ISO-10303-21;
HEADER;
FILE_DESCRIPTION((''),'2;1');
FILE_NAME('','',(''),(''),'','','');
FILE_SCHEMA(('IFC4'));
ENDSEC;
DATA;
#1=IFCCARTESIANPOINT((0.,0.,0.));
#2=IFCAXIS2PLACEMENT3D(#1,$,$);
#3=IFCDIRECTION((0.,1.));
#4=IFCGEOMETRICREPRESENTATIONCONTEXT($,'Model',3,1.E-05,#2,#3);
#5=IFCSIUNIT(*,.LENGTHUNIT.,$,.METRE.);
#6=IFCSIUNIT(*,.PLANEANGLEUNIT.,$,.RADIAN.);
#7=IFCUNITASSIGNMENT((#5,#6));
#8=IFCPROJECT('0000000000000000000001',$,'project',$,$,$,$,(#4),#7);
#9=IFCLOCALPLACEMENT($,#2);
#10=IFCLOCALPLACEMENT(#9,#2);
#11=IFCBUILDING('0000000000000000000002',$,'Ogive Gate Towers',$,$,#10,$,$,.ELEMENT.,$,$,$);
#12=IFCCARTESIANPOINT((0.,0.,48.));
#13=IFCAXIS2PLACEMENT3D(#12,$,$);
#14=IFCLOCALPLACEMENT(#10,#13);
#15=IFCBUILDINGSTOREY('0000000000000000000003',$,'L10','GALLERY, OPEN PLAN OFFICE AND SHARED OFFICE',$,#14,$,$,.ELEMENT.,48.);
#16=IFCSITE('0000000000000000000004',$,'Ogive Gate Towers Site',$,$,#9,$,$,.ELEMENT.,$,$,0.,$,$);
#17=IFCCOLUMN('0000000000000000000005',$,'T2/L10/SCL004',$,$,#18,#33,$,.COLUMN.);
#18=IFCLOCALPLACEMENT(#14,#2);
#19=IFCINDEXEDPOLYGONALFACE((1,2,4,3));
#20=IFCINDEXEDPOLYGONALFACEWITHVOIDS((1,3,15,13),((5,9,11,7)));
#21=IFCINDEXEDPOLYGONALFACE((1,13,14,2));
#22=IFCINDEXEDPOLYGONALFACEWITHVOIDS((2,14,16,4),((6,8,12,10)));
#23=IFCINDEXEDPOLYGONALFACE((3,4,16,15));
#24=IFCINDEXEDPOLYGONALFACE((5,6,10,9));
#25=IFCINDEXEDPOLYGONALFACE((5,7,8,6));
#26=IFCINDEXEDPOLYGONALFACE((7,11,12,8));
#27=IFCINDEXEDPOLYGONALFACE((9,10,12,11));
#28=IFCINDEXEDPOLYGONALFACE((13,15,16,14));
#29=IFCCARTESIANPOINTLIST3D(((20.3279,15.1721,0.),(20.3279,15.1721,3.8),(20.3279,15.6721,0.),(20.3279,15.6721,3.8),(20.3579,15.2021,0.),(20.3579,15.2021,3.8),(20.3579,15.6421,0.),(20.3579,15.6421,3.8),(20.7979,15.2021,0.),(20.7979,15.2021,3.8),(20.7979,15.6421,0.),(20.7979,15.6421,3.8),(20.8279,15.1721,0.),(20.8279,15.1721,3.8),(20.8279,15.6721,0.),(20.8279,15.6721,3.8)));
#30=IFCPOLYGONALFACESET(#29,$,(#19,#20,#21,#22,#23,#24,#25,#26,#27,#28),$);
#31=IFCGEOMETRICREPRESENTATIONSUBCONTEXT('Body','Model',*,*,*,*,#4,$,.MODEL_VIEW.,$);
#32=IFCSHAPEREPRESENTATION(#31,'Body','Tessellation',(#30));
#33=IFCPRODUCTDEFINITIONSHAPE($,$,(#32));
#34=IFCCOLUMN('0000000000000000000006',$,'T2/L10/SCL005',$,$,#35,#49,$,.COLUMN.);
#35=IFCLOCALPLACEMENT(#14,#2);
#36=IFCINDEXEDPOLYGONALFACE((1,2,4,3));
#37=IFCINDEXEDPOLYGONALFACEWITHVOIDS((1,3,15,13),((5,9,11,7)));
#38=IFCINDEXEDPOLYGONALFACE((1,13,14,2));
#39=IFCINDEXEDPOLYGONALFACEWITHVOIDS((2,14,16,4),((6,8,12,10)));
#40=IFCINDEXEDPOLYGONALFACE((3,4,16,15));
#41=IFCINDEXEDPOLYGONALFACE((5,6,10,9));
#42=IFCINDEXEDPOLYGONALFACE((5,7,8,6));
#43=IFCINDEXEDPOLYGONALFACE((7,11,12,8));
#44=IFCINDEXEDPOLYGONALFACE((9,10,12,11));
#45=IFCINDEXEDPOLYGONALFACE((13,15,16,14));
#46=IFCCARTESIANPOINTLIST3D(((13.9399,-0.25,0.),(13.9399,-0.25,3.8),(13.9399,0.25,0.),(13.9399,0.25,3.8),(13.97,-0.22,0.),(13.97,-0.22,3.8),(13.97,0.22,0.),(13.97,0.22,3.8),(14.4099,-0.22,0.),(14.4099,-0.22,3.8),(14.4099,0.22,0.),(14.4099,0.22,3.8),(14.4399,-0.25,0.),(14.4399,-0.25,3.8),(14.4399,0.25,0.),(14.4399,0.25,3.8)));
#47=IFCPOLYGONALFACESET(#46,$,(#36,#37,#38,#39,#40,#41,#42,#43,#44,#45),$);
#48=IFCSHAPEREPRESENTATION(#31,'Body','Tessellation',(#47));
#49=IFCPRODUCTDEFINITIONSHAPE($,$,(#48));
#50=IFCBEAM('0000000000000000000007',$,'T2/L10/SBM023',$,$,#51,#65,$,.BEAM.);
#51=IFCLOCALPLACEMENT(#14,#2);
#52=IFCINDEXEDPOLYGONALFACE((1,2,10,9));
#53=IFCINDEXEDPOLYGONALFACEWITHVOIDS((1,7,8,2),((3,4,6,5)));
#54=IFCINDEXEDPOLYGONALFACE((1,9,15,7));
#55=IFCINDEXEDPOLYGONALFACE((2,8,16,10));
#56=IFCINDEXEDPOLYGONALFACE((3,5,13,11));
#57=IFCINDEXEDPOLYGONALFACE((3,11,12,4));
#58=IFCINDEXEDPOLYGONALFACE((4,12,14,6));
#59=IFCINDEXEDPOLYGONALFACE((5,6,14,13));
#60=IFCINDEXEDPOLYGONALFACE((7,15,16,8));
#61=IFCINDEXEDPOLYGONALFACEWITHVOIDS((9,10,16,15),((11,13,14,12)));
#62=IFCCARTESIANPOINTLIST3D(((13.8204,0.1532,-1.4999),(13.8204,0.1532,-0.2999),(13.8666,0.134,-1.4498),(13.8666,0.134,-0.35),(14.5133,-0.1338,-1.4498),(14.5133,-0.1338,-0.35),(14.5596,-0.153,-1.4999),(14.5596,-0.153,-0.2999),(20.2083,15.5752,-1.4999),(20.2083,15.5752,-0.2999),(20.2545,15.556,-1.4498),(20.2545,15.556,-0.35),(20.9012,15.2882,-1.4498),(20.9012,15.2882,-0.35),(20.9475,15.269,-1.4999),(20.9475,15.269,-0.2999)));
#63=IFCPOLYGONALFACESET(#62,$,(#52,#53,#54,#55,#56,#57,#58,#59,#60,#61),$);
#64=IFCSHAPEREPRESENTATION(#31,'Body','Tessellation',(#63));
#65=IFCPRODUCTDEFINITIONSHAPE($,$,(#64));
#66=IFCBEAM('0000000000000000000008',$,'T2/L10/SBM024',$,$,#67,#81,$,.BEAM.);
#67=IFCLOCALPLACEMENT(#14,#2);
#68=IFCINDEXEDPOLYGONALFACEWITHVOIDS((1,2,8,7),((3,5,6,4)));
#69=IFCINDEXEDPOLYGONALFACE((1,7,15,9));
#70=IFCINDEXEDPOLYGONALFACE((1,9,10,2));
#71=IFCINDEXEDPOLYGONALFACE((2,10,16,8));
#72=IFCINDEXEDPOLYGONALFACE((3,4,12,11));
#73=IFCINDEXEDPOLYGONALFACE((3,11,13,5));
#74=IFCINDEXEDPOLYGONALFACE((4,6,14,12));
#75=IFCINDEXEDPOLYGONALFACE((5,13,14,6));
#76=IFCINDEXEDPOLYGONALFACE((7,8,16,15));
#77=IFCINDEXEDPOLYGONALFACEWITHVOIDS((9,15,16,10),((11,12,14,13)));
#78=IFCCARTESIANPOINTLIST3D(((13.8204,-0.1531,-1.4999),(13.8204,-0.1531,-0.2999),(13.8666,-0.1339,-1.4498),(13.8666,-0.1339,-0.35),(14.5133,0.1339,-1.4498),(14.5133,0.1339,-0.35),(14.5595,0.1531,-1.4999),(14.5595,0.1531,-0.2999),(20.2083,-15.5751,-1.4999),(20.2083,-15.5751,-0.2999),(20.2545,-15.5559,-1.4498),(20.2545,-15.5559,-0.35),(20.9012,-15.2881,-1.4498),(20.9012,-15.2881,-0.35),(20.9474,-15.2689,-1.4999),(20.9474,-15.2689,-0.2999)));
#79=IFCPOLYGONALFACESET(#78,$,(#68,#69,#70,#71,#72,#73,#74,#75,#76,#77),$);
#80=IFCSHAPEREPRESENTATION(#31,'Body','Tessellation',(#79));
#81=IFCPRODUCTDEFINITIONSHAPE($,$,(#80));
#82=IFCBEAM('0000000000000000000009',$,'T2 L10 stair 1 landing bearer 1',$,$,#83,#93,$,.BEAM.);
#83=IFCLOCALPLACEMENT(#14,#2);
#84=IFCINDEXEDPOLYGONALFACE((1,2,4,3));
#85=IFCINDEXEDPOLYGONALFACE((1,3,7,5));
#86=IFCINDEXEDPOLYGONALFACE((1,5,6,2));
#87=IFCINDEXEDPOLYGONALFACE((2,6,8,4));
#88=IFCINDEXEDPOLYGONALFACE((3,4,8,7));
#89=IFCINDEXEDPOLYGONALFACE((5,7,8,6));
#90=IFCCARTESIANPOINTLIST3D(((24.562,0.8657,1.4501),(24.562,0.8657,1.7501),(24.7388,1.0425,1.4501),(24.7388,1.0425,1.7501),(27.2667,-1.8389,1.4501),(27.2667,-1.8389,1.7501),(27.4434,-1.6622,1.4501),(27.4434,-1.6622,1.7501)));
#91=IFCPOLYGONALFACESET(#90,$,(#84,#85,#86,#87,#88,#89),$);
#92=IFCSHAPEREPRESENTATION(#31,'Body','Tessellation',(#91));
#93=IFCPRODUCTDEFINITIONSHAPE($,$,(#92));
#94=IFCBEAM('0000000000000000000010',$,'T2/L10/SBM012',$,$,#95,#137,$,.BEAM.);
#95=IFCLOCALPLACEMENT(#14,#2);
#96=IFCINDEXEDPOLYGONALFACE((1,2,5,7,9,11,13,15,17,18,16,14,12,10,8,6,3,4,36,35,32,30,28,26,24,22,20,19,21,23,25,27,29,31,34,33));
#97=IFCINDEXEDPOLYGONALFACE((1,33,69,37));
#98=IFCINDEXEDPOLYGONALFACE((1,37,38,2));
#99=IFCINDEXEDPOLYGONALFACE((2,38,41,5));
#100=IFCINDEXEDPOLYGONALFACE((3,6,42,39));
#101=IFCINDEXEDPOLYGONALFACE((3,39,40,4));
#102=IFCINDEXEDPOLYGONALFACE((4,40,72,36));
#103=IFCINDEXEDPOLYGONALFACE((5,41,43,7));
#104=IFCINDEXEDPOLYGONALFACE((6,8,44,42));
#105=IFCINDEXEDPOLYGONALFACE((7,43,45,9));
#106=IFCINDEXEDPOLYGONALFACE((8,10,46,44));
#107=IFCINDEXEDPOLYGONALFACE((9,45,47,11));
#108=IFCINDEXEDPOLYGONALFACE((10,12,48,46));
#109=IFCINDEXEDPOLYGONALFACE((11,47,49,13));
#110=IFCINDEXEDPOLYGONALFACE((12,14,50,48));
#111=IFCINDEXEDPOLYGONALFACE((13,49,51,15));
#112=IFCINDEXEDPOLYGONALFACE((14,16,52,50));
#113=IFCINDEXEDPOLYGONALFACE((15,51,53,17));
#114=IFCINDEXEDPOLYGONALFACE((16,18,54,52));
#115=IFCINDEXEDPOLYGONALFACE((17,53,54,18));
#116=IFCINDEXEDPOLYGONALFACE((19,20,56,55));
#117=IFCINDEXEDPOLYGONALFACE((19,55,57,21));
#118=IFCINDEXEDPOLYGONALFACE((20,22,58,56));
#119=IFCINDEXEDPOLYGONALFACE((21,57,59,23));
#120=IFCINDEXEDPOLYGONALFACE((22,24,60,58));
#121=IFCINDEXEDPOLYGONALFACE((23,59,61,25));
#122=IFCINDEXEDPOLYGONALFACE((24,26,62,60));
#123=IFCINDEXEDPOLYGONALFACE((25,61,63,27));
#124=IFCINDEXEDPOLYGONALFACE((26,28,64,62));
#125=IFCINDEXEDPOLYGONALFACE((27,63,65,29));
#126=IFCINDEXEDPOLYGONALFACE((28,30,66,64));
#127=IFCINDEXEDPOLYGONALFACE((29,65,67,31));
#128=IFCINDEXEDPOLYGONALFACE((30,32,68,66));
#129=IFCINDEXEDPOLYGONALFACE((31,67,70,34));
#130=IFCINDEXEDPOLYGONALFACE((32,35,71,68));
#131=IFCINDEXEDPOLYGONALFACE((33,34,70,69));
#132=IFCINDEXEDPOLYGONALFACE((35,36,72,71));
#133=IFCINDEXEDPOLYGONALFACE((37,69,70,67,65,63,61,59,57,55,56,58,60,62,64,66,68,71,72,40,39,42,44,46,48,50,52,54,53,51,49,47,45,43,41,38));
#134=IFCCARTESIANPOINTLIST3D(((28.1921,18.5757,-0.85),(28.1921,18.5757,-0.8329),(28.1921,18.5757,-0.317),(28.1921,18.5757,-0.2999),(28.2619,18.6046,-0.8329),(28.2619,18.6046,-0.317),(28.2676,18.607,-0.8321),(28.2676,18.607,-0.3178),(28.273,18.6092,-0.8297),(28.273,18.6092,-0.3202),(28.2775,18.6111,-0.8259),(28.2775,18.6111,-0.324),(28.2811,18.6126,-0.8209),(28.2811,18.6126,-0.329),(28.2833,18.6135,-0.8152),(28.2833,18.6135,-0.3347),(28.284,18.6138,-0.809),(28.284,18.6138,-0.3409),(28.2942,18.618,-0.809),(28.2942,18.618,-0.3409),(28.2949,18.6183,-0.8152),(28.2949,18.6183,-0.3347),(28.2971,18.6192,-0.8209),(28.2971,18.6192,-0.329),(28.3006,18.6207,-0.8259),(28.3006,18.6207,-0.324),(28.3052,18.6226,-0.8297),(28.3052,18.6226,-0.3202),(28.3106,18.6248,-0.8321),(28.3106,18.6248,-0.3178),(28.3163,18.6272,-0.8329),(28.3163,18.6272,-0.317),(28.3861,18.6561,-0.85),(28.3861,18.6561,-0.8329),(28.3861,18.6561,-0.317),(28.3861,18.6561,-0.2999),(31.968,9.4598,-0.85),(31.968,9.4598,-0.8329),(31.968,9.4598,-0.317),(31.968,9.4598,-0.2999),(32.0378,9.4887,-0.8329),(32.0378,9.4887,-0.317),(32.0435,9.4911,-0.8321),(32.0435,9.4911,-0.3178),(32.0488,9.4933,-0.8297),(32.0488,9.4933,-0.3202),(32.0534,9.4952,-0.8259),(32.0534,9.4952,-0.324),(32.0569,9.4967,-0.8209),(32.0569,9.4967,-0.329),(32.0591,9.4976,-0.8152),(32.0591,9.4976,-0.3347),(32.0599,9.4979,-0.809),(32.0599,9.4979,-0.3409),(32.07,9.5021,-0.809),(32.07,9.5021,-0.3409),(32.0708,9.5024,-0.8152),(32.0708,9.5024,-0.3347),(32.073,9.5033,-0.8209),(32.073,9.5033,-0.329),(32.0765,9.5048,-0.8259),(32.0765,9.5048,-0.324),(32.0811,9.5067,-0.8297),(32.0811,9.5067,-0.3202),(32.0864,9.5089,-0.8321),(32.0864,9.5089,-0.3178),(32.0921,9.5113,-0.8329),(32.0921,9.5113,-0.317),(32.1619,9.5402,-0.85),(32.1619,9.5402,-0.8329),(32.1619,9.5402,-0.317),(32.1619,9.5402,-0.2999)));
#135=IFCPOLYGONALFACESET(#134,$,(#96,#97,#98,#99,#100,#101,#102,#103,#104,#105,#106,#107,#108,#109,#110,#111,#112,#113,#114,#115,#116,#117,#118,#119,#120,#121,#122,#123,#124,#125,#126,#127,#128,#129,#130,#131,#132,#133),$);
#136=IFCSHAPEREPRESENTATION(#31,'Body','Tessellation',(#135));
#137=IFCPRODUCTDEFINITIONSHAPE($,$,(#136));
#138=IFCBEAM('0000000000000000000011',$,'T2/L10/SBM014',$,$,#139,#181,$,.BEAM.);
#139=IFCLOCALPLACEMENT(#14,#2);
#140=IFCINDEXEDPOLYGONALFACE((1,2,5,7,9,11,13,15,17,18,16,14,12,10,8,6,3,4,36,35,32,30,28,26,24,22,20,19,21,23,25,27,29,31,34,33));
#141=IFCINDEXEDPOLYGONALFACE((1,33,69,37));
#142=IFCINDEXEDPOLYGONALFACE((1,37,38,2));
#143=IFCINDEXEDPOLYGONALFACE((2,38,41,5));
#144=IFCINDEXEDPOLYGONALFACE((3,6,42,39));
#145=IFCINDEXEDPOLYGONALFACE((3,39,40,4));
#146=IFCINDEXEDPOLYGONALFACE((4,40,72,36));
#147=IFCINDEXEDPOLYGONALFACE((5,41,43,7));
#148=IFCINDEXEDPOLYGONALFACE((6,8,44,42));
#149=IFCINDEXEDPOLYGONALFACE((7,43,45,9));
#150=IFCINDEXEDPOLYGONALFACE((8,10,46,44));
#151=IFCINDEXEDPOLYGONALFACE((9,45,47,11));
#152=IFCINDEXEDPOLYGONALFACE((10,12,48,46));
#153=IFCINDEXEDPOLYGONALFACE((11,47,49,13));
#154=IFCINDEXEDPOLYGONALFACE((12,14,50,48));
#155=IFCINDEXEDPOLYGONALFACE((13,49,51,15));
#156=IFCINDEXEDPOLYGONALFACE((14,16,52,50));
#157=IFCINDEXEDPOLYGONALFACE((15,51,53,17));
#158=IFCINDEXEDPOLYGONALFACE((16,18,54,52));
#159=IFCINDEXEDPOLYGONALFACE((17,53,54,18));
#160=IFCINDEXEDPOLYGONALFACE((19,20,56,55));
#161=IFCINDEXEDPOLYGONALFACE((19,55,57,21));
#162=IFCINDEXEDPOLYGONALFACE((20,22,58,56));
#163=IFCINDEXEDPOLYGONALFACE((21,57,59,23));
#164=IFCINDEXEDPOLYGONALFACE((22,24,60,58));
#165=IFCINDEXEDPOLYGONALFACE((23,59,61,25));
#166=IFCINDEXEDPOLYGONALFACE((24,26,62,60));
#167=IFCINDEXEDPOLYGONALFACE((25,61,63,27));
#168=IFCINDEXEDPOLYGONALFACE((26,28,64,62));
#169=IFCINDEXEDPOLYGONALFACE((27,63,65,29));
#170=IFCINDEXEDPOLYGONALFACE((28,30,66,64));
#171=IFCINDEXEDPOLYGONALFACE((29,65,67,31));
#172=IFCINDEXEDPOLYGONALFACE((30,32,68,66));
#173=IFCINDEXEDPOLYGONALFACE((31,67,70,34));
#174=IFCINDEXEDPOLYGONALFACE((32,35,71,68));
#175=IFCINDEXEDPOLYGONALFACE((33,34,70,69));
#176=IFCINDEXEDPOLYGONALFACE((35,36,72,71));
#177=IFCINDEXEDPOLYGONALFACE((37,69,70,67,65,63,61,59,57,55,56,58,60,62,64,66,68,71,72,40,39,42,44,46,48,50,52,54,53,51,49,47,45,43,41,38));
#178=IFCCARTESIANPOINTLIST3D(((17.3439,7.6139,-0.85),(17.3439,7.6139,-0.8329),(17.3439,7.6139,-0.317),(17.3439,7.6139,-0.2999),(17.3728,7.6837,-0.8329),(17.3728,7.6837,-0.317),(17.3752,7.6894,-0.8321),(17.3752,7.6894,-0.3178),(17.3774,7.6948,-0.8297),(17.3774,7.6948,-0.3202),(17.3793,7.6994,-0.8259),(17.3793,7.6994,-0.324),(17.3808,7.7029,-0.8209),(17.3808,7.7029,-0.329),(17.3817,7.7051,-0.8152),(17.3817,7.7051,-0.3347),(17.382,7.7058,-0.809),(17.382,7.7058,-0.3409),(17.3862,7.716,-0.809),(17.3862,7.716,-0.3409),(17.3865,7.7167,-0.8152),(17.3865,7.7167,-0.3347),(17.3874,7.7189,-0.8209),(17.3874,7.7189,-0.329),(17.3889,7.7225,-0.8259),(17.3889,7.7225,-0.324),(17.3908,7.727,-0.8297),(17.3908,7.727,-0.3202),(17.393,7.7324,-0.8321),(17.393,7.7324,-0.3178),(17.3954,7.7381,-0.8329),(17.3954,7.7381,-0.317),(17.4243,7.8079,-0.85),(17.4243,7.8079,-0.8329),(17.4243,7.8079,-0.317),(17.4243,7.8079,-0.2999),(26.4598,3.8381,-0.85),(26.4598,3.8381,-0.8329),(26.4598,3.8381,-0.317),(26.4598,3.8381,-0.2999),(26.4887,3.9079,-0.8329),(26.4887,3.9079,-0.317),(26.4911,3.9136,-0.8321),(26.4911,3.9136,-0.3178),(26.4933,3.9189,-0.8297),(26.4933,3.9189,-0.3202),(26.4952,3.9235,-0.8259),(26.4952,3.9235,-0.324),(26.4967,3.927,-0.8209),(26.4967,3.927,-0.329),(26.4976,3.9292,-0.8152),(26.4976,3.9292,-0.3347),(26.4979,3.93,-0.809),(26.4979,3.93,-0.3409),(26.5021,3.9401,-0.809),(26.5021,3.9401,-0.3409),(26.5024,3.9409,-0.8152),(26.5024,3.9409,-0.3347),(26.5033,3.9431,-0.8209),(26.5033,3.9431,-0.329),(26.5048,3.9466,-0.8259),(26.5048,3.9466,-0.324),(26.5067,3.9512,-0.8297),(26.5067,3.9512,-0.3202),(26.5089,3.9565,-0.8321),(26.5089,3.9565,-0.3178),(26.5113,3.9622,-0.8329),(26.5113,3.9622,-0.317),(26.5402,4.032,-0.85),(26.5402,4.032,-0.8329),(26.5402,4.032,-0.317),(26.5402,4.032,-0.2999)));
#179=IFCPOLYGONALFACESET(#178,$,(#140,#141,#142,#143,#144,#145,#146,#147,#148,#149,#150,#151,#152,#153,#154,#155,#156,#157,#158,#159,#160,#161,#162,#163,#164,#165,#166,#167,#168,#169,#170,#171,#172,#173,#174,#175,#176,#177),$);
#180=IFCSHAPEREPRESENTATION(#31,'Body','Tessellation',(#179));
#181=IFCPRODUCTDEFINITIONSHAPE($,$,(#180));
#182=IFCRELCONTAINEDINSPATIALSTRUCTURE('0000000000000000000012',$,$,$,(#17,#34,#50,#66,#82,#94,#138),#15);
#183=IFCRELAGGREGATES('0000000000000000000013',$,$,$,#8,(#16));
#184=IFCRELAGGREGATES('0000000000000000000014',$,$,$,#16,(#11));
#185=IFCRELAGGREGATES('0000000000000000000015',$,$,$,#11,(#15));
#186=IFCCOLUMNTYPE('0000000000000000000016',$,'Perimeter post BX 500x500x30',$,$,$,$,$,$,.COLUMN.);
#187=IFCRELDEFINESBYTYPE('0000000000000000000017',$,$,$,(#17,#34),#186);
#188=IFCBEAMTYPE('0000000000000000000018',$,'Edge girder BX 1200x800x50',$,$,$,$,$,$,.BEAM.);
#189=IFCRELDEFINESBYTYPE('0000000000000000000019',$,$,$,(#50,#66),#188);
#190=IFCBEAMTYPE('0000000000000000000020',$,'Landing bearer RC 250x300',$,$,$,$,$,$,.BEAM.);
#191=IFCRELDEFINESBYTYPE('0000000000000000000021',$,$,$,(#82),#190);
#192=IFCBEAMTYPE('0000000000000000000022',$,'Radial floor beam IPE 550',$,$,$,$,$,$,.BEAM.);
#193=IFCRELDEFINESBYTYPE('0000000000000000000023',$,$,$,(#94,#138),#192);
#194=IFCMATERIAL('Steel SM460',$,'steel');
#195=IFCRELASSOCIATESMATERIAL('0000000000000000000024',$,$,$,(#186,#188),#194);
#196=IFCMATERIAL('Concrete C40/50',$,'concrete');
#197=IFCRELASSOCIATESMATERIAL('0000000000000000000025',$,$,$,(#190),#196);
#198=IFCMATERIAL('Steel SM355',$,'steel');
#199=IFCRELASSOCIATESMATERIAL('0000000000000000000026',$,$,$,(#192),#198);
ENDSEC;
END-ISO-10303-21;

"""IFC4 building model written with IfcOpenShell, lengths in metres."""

from ifc_helpers import new_model, si_unit, direction, frame, origin, origin_2d, place, context, subcontext, project, spatial, rectangle, hollow_rectangle, i_section, extrude, material, material_profile, profile_set, type_object, element, save


model = new_model("IFC4")

# Units and contexts
model_context = context("Model", 3, precision=1e-05, world=origin(), true_north=direction((0.0, 1.0)))
body_context = subcontext(model_context, "Body", "Model", "MODEL_VIEW")
ifc_project = project(units=[si_unit("LENGTHUNIT", "METRE"), si_unit("PLANEANGLEUNIT", "RADIAN")], contexts=[model_context])

# Site, building, storey
site_placement = place(None, origin())
site = spatial("IfcSite", under=ifc_project, at=site_placement, Name="Ogive Gate Towers Site", CompositionType="ELEMENT", RefElevation=0.0)
building_placement = place(site_placement, origin())
building = spatial("IfcBuilding", under=site, at=building_placement, Name="Ogive Gate Towers", CompositionType="ELEMENT")
storey_placement = place(building_placement, frame((0.0, 0.0, 48.0)))
storey = spatial("IfcBuildingStorey", under=building, at=storey_placement, Name="L10", Description="GALLERY, OPEN PLAN OFFICE AND SHARED OFFICE", CompositionType="ELEMENT", Elevation=48.0)

# Columns
ifc_material_1 = material(Name="Steel SM460", Category="steel")
ifc_material_profile_1 = material_profile(ifc_material_1, hollow_rectangle(XDim=0.5, YDim=0.5, WallThickness=0.03, at=origin_2d()), Name="BX 500x500x30")
ifc_profile_set_1 = profile_set([ifc_material_profile_1], Name="Steel SM460")
column_type = type_object("IfcColumnType", Name="Perimeter post BX 500x500x30", PredefinedType="COLUMN", material=ifc_profile_set_1)
for number, where, z_axis, x_axis, name in (
    (1, (20.5779, 15.4221, 0.0), (0.0, 0.0, 1.0), (1.0, 0.0, 0.0), "T2/L10/SCL004"),
    (2, (14.1899, 0.0, 0.0), (0.0, 0.0, 1.0), (1.0, 0.0, 0.0), "T2/L10/SCL005"),
):
    element("IfcColumn", number, at=place(storey_placement, frame(where, z_axis=z_axis, x_axis=x_axis)), inside=storey, type_object=column_type, Name=name, PredefinedType="COLUMN", context=body_context, shape_type="SweptSolid", body=[
        extrude(hollow_rectangle(XDim=0.5, YDim=0.5, WallThickness=0.03, at=origin_2d()), origin(), (0.0, 0.0, 1.0), 3.8),
    ])

# Beams
ifc_material_profile_2 = material_profile(ifc_material_1, hollow_rectangle(XDim=0.8, YDim=1.2, WallThickness=0.05, at=origin_2d()), Name="BX 1200x800x50")
ifc_profile_set_2 = profile_set([ifc_material_profile_2], Name="Steel SM460")
beam_type_1 = type_object("IfcBeamType", Name="Edge girder BX 1200x800x50", PredefinedType="BEAM", material=ifc_profile_set_2)
for number, where, z_axis, x_axis, name in (
    (3, (20.5779, 15.4221, -0.8999), (-0.382678, -0.923882, 0.0), (0.923882, -0.382678, 0.0), "T2/L10/SBM023"),
    (4, (14.1899, 0.0, -0.8999), (0.382678, -0.923882, 0.0), (0.923882, 0.382678, 0.0), "T2/L10/SBM024"),
):
    element("IfcBeam", number, at=place(storey_placement, frame(where, z_axis=z_axis, x_axis=x_axis)), inside=storey, type_object=beam_type_1, Name=name, PredefinedType="BEAM", context=body_context, shape_type="SweptSolid", body=[
        extrude(hollow_rectangle(XDim=0.8, YDim=1.2, WallThickness=0.05, at=origin_2d()), origin(), (0.0, 0.0, 1.0), 16.6926),
    ])
ifc_material_2 = material(Name="Concrete C40/50", Category="concrete")
ifc_material_profile_3 = material_profile(ifc_material_2, rectangle(XDim=0.25, YDim=0.3, at=origin_2d()), Name="RC 250x300")
ifc_profile_set_3 = profile_set([ifc_material_profile_3], Name="Concrete C40/50")
beam_type_2 = type_object("IfcBeamType", Name="Landing bearer RC 250x300", PredefinedType="BEAM", material=ifc_profile_set_3)
beam_1_placement = place(storey_placement, frame((24.6504, 0.9541, 1.6001), z_axis=(0.707107, -0.707107, 0.0), x_axis=(0.707107, 0.707107, 0.0)))
element("IfcBeam", 5, at=beam_1_placement, inside=storey, type_object=beam_type_2, Name="T2 L10 stair 1 landing bearer 1", PredefinedType="BEAM", context=body_context, shape_type="SweptSolid", body=[
    extrude(rectangle(XDim=0.25, YDim=0.3, at=origin_2d()), origin(), (0.0, 0.0, 1.0), 3.825),
])
ifc_material_3 = material(Name="Steel SM355", Category="steel")
ifc_material_profile_4 = material_profile(ifc_material_3, i_section(OverallWidth=0.21, OverallDepth=0.55, WebThickness=0.011, FlangeThickness=0.0171, FilletRadius=0.0239, at=origin_2d()), Name="IPE 550")
ifc_profile_set_4 = profile_set([ifc_material_profile_4], Name="Steel SM355")
beam_type_3 = type_object("IfcBeamType", Name="Radial floor beam IPE 550", PredefinedType="BEAM", material=ifc_profile_set_4)
for number, where, z_axis, x_axis, name in (
    (6, (32.0649, 9.5, -0.575), (-0.382677, 0.923882, 0.0), (-0.923882, -0.382677, 0.0), "T2/L10/SBM012"),
    (7, (26.5, 3.9351, -0.575), (-0.923882, 0.382677, 0.0), (-0.382677, -0.923882, 0.0), "T2/L10/SBM014"),
):
    element("IfcBeam", number, at=place(storey_placement, frame(where, z_axis=z_axis, x_axis=x_axis)), inside=storey, type_object=beam_type_3, Name=name, PredefinedType="BEAM", context=body_context, shape_type="SweptSolid", body=[
        extrude(i_section(OverallWidth=0.21, OverallDepth=0.55, WebThickness=0.011, FlangeThickness=0.0171, FilletRadius=0.0239, at=origin_2d()), origin(), (0.0, 0.0, 1.0), 9.8669),
    ])

save(model, "model.ifc")
